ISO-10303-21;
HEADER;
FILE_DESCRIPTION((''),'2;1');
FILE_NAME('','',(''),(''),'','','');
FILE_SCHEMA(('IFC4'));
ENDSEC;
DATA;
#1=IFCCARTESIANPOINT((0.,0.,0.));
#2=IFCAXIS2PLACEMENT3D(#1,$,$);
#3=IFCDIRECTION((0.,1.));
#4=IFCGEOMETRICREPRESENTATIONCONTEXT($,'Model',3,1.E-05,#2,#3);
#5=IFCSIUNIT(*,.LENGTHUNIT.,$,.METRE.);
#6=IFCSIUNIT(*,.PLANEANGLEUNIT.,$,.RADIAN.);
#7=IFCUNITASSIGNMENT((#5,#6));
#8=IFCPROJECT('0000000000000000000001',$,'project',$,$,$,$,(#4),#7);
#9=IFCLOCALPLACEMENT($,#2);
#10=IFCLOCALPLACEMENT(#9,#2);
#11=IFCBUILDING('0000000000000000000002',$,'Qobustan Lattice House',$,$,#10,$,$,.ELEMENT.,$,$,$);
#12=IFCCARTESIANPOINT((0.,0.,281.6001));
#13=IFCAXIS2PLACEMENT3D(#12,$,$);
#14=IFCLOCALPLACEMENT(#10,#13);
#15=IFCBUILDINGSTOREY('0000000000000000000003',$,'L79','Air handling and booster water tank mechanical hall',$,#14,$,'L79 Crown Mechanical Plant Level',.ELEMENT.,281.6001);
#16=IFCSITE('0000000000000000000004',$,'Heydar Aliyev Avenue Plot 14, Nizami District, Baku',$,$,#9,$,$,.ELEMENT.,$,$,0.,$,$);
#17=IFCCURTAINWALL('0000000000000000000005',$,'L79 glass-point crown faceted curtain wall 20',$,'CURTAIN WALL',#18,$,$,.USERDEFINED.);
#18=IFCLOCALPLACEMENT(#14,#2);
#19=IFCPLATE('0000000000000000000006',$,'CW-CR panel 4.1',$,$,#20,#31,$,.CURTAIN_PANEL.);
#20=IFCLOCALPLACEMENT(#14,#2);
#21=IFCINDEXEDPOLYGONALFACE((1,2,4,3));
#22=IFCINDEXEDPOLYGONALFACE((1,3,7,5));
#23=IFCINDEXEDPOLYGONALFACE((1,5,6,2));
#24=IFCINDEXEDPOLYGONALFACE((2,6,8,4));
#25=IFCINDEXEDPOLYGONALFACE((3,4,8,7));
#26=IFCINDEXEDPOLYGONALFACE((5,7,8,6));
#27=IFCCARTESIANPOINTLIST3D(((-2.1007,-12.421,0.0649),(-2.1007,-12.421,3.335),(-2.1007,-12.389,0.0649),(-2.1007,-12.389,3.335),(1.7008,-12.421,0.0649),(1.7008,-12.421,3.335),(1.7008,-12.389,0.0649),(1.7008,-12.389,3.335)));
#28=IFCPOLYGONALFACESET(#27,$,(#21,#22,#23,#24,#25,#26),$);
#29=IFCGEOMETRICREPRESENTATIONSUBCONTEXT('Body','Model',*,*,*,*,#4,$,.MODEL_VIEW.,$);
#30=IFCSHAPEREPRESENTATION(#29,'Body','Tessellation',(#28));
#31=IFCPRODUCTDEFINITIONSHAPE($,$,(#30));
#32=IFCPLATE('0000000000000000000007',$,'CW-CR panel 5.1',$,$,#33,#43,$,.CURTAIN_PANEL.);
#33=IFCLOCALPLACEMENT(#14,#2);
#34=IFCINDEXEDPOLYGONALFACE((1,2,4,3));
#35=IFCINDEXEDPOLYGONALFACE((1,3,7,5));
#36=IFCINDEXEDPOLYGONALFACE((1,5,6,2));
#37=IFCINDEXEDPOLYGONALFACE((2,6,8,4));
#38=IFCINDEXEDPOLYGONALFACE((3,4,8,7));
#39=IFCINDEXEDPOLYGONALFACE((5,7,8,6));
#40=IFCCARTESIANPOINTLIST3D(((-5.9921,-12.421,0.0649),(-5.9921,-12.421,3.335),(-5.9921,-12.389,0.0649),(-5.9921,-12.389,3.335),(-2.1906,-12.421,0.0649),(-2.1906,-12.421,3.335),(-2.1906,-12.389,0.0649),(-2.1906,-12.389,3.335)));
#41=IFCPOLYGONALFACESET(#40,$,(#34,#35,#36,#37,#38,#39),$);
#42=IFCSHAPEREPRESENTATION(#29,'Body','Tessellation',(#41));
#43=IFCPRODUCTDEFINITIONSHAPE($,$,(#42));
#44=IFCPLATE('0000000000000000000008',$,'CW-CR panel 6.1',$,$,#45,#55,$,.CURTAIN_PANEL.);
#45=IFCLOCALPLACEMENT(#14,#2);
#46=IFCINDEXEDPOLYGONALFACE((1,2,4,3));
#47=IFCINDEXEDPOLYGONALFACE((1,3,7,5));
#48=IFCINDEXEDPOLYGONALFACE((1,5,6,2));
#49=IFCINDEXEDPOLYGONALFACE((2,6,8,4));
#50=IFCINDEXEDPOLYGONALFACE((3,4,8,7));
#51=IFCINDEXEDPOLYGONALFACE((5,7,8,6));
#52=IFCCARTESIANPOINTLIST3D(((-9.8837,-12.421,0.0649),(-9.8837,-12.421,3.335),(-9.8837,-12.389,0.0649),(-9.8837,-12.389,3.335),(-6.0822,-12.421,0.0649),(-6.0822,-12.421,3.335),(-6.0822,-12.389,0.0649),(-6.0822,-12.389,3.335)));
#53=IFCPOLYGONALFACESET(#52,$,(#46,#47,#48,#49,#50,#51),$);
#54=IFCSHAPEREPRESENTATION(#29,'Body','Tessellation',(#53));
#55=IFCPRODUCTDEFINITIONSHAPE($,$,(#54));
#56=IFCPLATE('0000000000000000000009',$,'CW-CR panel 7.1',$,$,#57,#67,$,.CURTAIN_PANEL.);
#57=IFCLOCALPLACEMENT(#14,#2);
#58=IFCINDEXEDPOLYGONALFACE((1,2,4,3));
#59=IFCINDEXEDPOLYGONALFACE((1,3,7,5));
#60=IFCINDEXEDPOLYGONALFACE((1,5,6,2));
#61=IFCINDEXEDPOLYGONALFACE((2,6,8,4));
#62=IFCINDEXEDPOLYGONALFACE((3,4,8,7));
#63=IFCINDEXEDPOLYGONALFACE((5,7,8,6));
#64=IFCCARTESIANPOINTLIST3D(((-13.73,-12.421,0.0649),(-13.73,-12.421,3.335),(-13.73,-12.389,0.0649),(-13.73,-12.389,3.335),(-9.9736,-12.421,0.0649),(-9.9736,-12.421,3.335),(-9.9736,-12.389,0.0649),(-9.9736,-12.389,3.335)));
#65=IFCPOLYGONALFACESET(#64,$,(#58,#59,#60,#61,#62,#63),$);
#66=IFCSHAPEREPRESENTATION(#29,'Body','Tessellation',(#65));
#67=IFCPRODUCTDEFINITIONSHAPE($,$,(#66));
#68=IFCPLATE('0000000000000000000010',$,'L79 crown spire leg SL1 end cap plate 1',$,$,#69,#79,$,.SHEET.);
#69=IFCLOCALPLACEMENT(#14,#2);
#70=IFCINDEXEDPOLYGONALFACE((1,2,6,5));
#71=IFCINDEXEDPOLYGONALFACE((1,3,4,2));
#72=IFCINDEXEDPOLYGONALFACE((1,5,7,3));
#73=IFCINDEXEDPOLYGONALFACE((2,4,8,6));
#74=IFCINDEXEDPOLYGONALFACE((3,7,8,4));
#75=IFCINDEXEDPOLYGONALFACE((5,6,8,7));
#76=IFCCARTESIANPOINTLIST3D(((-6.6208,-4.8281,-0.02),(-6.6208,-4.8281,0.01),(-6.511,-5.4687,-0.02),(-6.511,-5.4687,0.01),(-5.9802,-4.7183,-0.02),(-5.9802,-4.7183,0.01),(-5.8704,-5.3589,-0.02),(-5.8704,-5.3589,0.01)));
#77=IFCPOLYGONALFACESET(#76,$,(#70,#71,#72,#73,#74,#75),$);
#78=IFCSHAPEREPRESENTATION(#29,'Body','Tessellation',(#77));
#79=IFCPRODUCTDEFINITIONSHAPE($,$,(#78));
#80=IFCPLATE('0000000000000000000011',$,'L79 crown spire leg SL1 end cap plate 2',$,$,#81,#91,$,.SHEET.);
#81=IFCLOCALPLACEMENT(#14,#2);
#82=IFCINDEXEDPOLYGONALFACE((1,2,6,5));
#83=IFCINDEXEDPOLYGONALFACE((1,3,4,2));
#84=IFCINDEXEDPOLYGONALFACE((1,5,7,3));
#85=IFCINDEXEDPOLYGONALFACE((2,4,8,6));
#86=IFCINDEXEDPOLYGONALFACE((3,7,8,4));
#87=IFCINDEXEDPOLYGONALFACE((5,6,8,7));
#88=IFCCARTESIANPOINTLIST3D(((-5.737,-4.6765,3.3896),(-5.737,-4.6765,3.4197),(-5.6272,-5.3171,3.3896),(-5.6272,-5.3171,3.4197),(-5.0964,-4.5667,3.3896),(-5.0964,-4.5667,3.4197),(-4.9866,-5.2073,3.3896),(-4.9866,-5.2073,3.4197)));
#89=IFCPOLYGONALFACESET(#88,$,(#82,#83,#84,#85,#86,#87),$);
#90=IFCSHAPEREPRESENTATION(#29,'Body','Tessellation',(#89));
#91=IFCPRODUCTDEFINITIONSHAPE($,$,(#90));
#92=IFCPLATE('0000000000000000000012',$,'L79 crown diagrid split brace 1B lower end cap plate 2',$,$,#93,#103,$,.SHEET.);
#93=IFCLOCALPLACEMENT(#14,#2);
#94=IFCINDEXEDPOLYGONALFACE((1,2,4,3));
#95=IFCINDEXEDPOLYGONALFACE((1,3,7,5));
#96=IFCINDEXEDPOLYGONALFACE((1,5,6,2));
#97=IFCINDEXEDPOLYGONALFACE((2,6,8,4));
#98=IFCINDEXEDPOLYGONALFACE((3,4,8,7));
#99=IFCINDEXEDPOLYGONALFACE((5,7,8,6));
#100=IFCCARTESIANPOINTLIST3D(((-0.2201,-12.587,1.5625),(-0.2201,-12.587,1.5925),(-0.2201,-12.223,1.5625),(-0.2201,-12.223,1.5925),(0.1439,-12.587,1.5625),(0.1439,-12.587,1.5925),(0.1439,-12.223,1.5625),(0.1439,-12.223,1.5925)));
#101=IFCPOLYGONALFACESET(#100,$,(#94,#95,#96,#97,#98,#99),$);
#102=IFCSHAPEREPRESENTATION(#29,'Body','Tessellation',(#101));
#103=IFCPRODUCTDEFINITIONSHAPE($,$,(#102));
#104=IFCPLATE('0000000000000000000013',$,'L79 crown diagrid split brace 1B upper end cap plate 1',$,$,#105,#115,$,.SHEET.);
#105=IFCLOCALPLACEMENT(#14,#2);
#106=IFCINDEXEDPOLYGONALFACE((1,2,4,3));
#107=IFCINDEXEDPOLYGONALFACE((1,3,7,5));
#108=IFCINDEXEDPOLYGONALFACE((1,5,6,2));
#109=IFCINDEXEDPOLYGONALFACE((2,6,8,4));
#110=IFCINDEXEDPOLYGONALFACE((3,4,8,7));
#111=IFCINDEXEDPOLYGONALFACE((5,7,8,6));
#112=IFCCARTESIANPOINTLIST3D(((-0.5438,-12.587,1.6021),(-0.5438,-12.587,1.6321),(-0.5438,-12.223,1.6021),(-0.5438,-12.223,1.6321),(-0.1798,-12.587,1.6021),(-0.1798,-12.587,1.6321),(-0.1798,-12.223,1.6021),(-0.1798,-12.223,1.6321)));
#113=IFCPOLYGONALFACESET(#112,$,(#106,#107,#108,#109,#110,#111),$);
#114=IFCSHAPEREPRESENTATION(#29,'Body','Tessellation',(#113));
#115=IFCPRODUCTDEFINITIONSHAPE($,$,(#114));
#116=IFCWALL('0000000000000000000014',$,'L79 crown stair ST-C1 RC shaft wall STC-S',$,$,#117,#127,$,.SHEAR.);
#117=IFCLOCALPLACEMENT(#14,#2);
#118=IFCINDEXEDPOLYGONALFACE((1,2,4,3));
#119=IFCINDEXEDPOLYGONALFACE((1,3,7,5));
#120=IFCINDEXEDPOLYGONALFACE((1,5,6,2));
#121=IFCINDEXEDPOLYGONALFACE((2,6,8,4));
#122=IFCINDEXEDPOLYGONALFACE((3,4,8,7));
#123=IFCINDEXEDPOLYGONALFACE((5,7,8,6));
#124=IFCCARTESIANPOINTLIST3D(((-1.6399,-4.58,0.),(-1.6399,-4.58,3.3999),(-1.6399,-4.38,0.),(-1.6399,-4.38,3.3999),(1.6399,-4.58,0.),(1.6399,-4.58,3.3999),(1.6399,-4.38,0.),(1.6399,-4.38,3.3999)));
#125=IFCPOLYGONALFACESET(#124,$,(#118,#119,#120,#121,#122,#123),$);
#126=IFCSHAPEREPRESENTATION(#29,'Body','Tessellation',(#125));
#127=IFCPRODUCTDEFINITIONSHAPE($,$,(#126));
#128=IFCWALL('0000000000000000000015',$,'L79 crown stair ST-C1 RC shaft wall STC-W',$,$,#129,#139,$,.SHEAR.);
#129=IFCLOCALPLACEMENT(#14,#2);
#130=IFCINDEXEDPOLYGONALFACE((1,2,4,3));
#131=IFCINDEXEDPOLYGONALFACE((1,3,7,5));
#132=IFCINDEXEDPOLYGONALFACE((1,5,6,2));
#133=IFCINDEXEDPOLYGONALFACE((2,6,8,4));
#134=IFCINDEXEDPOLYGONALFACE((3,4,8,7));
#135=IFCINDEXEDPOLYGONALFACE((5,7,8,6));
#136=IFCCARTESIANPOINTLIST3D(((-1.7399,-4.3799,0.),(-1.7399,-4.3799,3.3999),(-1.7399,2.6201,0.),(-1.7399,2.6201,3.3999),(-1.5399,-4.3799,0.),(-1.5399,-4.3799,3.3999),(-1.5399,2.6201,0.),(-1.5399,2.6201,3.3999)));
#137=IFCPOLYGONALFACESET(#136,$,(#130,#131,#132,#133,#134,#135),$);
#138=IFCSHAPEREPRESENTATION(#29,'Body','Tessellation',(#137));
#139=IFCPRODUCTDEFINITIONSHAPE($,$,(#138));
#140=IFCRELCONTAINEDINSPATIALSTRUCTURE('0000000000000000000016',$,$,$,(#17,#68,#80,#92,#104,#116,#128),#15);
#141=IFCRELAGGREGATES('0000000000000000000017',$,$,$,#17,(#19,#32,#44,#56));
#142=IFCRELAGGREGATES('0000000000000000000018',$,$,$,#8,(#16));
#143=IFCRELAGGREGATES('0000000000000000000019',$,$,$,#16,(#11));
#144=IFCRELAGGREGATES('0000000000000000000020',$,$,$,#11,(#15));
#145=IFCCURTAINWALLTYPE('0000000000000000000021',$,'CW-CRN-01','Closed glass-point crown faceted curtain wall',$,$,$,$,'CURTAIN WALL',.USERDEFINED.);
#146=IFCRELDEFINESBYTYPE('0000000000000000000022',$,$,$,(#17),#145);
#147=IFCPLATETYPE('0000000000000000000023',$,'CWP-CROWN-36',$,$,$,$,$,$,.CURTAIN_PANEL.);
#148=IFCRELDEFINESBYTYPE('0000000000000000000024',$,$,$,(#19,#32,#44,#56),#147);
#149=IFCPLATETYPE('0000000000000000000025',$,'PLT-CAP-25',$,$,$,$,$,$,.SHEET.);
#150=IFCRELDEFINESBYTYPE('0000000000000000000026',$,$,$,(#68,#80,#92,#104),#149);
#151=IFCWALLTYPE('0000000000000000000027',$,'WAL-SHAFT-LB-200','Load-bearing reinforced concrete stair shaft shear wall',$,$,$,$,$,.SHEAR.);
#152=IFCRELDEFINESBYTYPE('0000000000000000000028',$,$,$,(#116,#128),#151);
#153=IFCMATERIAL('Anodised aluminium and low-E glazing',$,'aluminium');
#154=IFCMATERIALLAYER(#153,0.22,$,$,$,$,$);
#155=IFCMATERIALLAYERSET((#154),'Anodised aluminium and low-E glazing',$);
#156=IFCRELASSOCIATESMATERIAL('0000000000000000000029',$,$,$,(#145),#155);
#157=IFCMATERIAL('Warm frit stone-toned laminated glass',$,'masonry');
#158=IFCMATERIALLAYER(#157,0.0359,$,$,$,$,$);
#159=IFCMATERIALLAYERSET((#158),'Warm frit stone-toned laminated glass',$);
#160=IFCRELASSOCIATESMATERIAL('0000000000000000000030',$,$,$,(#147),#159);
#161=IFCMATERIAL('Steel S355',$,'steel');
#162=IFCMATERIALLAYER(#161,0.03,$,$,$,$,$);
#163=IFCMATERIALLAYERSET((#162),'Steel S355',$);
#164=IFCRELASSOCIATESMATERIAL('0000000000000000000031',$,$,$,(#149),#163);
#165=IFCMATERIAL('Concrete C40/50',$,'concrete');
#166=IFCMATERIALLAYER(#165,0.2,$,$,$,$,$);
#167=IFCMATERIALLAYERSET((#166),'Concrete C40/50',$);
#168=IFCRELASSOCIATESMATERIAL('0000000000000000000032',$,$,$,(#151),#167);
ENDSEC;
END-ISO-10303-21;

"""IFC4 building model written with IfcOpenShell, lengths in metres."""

from ifc_helpers import new_model, si_unit, direction, frame, frame_2d, origin, origin_2d, place, context, subcontext, project, spatial, rectangle, extrude, material, layer, layer_set, type_object, element, aggregate, save


model = new_model("IFC4")

# Units and contexts
model_context = context("Model", 3, precision=1e-05, world=origin(), true_north=direction((0.0, 1.0)))
body_context = subcontext(model_context, "Body", "Model", "MODEL_VIEW")
ifc_project = project(units=[si_unit("LENGTHUNIT", "METRE"), si_unit("PLANEANGLEUNIT", "RADIAN")], contexts=[model_context])

# Site, building, storey
site_placement = place(None, origin())
site = spatial("IfcSite", under=ifc_project, at=site_placement, Name="Heydar Aliyev Avenue Plot 14, Nizami District, Baku", CompositionType="ELEMENT", RefElevation=0.0)
building_placement = place(site_placement, origin())
building = spatial("IfcBuilding", under=site, at=building_placement, Name="Qobustan Lattice House", CompositionType="ELEMENT")
storey_placement = place(building_placement, frame((0.0, 0.0, 281.6001)))
storey = spatial("IfcBuildingStorey", under=building, at=storey_placement, Name="L79", Description="Air handling and booster water tank mechanical hall", LongName="L79 Crown Mechanical Plant Level", CompositionType="ELEMENT", Elevation=281.6001)

# Curtain wall
ifc_material_1 = material(Name="Anodised aluminium and low-E glazing", Category="aluminium")
ifc_layer_1 = layer(ifc_material_1, 0.22)
ifc_layer_set_1 = layer_set([ifc_layer_1], Name="Anodised aluminium and low-E glazing")
curtain_wall_type = type_object("IfcCurtainWallType", Name="CW-CRN-01", Description="Closed glass-point crown faceted curtain wall", ElementType="CURTAIN WALL", PredefinedType="USERDEFINED", material=ifc_layer_set_1)
curtain_wall_placement = place(storey_placement, origin())
curtain_wall = element("IfcCurtainWall", 1, at=curtain_wall_placement, inside=storey, type_object=curtain_wall_type, Name="L79 glass-point crown faceted curtain wall 20", ObjectType="CURTAIN WALL", PredefinedType="USERDEFINED")

# Plates
ifc_material_2 = material(Name="Warm frit stone-toned laminated glass", Category="masonry")
ifc_layer_2 = layer(ifc_material_2, 0.0359)
ifc_layer_set_2 = layer_set([ifc_layer_2], Name="Warm frit stone-toned laminated glass")
plate_type_1 = type_object("IfcPlateType", Name="CWP-CROWN-36", PredefinedType="CURTAIN_PANEL", material=ifc_layer_set_2)
plate_1_placement = place(storey_placement, frame((-0.2, -12.405, 0.0649), z_axis=(0.0, 0.0, 1.0), x_axis=(-1.0, 0.0, 0.0)))
plate_1 = element("IfcPlate", 2, at=plate_1_placement, type_object=plate_type_1, Name="CW-CR panel 4.1", PredefinedType="CURTAIN_PANEL", context=body_context, shape_type="SweptSolid", body=[
    extrude(rectangle(XDim=3.8015, YDim=0.032, at=origin_2d()), origin(), (0.0, 0.0, 1.0), 3.27),
])
plate_2_placement = place(storey_placement, frame((-4.0913, -12.405, 0.0649), z_axis=(0.0, 0.0, 1.0), x_axis=(-1.0, 0.0, 0.0)))
plate_2 = element("IfcPlate", 3, at=plate_2_placement, type_object=plate_type_1, Name="CW-CR panel 5.1", PredefinedType="CURTAIN_PANEL", context=body_context, shape_type="SweptSolid", body=[
    extrude(rectangle(XDim=3.8015, YDim=0.032, at=origin_2d()), origin(), (0.0, 0.0, 1.0), 3.27),
])
plate_3_placement = place(storey_placement, frame((-7.9829, -12.405, 0.0649), z_axis=(0.0, 0.0, 1.0), x_axis=(-1.0, 0.0, 0.0)))
plate_3 = element("IfcPlate", 4, at=plate_3_placement, type_object=plate_type_1, Name="CW-CR panel 6.1", PredefinedType="CURTAIN_PANEL", context=body_context, shape_type="SweptSolid", body=[
    extrude(rectangle(XDim=3.8015, YDim=0.032, at=origin_2d()), origin(), (0.0, 0.0, 1.0), 3.27),
])
plate_4_placement = place(storey_placement, frame((-11.8518, -12.405, 0.0649), z_axis=(0.0, 0.0, 1.0), x_axis=(-1.0, 0.0, 0.0)))
plate_4 = element("IfcPlate", 5, at=plate_4_placement, type_object=plate_type_1, Name="CW-CR panel 7.1", PredefinedType="CURTAIN_PANEL", context=body_context, shape_type="SweptSolid", body=[
    extrude(rectangle(XDim=3.7563, YDim=0.032, at=origin_2d()), origin(), (0.0, 0.0, 1.0), 3.27),
])
aggregate(curtain_wall, [plate_1, plate_2, plate_3, plate_4])

# Plates
ifc_material_3 = material(Name="Steel S355", Category="steel")
ifc_layer_3 = layer(ifc_material_3, 0.03)
ifc_layer_set_3 = layer_set([ifc_layer_3], Name="Steel S355")
plate_type_2 = type_object("IfcPlateType", Name="PLT-CAP-25", PredefinedType="SHEET", material=ifc_layer_set_3)
for number, where, z_axis, x_axis, name in (
    (6, (-6.2456, -5.0935, -0.02), (0.0, 0.0, 1.0), (0.985621, 0.168971, 0.0), "L79 crown spire leg SL1 end cap plate 1"),
    (7, (-5.3618, -4.9419, 3.3896), (0.0, 0.0, 1.0), (0.985621, 0.168971, 0.0), "L79 crown spire leg SL1 end cap plate 2"),
):
    element("IfcPlate", number, at=place(storey_placement, frame(where, z_axis=z_axis, x_axis=x_axis)), inside=storey, type_object=plate_type_2, Name=name, PredefinedType="SHEET", context=body_context, shape_type="SweptSolid", body=[
        extrude(rectangle(XDim=0.6499, YDim=0.6499, at=origin_2d()), origin(), (0.0, 0.0, 1.0), 0.03),
    ])
for number, where, z_axis, x_axis, name in (
    (8, (-0.0381, -12.405, 1.5625), (0.0, 0.0, 1.0), (-1.0, 0.0, 0.0), "L79 crown diagrid split brace 1B lower end cap plate 2"),
    (9, (-0.3618, -12.405, 1.6021), (0.0, 0.0, 1.0), (-1.0, 0.0, 0.0), "L79 crown diagrid split brace 1B upper end cap plate 1"),
):
    element("IfcPlate", number, at=place(storey_placement, frame(where, z_axis=z_axis, x_axis=x_axis)), inside=storey, type_object=plate_type_2, Name=name, PredefinedType="SHEET", context=body_context, shape_type="SweptSolid", body=[
        extrude(rectangle(XDim=0.364, YDim=0.364, at=origin_2d()), origin(), (0.0, 0.0, 1.0), 0.03),
    ])

# Walls
ifc_material_4 = material(Name="Concrete C40/50", Category="concrete")
ifc_layer_4 = layer(ifc_material_4, 0.2)
ifc_layer_set_4 = layer_set([ifc_layer_4], Name="Concrete C40/50")
wall_type = type_object("IfcWallType", Name="WAL-SHAFT-LB-200", Description="Load-bearing reinforced concrete stair shaft shear wall", PredefinedType="SHEAR", material=ifc_layer_set_4)
wall_1_placement = place(storey_placement, frame((-1.6399, -4.48, 0.0), z_axis=(0.0, 0.0, 1.0), x_axis=(1.0, 0.0, 0.0)))
element("IfcWall", 10, at=wall_1_placement, inside=storey, type_object=wall_type, Name="L79 crown stair ST-C1 RC shaft wall STC-S", PredefinedType="SHEAR", context=body_context, shape_type="SweptSolid", body=[
    extrude(rectangle(XDim=3.2798, YDim=0.2, at=frame_2d((1.6399, 0.0))), origin(), (0.0, 0.0, 1.0), 3.3999),
])
wall_2_placement = place(storey_placement, frame((-1.6399, -4.3799, 0.0), z_axis=(0.0, 0.0, 1.0), x_axis=(0.0, 1.0, 0.0)))
element("IfcWall", 11, at=wall_2_placement, inside=storey, type_object=wall_type, Name="L79 crown stair ST-C1 RC shaft wall STC-W", PredefinedType="SHEAR", context=body_context, shape_type="SweptSolid", body=[
    extrude(rectangle(XDim=7.0, YDim=0.2, at=frame_2d((3.5, 0.0))), origin(), (0.0, 0.0, 1.0), 3.3999),
])

save(model, "model.ifc")
